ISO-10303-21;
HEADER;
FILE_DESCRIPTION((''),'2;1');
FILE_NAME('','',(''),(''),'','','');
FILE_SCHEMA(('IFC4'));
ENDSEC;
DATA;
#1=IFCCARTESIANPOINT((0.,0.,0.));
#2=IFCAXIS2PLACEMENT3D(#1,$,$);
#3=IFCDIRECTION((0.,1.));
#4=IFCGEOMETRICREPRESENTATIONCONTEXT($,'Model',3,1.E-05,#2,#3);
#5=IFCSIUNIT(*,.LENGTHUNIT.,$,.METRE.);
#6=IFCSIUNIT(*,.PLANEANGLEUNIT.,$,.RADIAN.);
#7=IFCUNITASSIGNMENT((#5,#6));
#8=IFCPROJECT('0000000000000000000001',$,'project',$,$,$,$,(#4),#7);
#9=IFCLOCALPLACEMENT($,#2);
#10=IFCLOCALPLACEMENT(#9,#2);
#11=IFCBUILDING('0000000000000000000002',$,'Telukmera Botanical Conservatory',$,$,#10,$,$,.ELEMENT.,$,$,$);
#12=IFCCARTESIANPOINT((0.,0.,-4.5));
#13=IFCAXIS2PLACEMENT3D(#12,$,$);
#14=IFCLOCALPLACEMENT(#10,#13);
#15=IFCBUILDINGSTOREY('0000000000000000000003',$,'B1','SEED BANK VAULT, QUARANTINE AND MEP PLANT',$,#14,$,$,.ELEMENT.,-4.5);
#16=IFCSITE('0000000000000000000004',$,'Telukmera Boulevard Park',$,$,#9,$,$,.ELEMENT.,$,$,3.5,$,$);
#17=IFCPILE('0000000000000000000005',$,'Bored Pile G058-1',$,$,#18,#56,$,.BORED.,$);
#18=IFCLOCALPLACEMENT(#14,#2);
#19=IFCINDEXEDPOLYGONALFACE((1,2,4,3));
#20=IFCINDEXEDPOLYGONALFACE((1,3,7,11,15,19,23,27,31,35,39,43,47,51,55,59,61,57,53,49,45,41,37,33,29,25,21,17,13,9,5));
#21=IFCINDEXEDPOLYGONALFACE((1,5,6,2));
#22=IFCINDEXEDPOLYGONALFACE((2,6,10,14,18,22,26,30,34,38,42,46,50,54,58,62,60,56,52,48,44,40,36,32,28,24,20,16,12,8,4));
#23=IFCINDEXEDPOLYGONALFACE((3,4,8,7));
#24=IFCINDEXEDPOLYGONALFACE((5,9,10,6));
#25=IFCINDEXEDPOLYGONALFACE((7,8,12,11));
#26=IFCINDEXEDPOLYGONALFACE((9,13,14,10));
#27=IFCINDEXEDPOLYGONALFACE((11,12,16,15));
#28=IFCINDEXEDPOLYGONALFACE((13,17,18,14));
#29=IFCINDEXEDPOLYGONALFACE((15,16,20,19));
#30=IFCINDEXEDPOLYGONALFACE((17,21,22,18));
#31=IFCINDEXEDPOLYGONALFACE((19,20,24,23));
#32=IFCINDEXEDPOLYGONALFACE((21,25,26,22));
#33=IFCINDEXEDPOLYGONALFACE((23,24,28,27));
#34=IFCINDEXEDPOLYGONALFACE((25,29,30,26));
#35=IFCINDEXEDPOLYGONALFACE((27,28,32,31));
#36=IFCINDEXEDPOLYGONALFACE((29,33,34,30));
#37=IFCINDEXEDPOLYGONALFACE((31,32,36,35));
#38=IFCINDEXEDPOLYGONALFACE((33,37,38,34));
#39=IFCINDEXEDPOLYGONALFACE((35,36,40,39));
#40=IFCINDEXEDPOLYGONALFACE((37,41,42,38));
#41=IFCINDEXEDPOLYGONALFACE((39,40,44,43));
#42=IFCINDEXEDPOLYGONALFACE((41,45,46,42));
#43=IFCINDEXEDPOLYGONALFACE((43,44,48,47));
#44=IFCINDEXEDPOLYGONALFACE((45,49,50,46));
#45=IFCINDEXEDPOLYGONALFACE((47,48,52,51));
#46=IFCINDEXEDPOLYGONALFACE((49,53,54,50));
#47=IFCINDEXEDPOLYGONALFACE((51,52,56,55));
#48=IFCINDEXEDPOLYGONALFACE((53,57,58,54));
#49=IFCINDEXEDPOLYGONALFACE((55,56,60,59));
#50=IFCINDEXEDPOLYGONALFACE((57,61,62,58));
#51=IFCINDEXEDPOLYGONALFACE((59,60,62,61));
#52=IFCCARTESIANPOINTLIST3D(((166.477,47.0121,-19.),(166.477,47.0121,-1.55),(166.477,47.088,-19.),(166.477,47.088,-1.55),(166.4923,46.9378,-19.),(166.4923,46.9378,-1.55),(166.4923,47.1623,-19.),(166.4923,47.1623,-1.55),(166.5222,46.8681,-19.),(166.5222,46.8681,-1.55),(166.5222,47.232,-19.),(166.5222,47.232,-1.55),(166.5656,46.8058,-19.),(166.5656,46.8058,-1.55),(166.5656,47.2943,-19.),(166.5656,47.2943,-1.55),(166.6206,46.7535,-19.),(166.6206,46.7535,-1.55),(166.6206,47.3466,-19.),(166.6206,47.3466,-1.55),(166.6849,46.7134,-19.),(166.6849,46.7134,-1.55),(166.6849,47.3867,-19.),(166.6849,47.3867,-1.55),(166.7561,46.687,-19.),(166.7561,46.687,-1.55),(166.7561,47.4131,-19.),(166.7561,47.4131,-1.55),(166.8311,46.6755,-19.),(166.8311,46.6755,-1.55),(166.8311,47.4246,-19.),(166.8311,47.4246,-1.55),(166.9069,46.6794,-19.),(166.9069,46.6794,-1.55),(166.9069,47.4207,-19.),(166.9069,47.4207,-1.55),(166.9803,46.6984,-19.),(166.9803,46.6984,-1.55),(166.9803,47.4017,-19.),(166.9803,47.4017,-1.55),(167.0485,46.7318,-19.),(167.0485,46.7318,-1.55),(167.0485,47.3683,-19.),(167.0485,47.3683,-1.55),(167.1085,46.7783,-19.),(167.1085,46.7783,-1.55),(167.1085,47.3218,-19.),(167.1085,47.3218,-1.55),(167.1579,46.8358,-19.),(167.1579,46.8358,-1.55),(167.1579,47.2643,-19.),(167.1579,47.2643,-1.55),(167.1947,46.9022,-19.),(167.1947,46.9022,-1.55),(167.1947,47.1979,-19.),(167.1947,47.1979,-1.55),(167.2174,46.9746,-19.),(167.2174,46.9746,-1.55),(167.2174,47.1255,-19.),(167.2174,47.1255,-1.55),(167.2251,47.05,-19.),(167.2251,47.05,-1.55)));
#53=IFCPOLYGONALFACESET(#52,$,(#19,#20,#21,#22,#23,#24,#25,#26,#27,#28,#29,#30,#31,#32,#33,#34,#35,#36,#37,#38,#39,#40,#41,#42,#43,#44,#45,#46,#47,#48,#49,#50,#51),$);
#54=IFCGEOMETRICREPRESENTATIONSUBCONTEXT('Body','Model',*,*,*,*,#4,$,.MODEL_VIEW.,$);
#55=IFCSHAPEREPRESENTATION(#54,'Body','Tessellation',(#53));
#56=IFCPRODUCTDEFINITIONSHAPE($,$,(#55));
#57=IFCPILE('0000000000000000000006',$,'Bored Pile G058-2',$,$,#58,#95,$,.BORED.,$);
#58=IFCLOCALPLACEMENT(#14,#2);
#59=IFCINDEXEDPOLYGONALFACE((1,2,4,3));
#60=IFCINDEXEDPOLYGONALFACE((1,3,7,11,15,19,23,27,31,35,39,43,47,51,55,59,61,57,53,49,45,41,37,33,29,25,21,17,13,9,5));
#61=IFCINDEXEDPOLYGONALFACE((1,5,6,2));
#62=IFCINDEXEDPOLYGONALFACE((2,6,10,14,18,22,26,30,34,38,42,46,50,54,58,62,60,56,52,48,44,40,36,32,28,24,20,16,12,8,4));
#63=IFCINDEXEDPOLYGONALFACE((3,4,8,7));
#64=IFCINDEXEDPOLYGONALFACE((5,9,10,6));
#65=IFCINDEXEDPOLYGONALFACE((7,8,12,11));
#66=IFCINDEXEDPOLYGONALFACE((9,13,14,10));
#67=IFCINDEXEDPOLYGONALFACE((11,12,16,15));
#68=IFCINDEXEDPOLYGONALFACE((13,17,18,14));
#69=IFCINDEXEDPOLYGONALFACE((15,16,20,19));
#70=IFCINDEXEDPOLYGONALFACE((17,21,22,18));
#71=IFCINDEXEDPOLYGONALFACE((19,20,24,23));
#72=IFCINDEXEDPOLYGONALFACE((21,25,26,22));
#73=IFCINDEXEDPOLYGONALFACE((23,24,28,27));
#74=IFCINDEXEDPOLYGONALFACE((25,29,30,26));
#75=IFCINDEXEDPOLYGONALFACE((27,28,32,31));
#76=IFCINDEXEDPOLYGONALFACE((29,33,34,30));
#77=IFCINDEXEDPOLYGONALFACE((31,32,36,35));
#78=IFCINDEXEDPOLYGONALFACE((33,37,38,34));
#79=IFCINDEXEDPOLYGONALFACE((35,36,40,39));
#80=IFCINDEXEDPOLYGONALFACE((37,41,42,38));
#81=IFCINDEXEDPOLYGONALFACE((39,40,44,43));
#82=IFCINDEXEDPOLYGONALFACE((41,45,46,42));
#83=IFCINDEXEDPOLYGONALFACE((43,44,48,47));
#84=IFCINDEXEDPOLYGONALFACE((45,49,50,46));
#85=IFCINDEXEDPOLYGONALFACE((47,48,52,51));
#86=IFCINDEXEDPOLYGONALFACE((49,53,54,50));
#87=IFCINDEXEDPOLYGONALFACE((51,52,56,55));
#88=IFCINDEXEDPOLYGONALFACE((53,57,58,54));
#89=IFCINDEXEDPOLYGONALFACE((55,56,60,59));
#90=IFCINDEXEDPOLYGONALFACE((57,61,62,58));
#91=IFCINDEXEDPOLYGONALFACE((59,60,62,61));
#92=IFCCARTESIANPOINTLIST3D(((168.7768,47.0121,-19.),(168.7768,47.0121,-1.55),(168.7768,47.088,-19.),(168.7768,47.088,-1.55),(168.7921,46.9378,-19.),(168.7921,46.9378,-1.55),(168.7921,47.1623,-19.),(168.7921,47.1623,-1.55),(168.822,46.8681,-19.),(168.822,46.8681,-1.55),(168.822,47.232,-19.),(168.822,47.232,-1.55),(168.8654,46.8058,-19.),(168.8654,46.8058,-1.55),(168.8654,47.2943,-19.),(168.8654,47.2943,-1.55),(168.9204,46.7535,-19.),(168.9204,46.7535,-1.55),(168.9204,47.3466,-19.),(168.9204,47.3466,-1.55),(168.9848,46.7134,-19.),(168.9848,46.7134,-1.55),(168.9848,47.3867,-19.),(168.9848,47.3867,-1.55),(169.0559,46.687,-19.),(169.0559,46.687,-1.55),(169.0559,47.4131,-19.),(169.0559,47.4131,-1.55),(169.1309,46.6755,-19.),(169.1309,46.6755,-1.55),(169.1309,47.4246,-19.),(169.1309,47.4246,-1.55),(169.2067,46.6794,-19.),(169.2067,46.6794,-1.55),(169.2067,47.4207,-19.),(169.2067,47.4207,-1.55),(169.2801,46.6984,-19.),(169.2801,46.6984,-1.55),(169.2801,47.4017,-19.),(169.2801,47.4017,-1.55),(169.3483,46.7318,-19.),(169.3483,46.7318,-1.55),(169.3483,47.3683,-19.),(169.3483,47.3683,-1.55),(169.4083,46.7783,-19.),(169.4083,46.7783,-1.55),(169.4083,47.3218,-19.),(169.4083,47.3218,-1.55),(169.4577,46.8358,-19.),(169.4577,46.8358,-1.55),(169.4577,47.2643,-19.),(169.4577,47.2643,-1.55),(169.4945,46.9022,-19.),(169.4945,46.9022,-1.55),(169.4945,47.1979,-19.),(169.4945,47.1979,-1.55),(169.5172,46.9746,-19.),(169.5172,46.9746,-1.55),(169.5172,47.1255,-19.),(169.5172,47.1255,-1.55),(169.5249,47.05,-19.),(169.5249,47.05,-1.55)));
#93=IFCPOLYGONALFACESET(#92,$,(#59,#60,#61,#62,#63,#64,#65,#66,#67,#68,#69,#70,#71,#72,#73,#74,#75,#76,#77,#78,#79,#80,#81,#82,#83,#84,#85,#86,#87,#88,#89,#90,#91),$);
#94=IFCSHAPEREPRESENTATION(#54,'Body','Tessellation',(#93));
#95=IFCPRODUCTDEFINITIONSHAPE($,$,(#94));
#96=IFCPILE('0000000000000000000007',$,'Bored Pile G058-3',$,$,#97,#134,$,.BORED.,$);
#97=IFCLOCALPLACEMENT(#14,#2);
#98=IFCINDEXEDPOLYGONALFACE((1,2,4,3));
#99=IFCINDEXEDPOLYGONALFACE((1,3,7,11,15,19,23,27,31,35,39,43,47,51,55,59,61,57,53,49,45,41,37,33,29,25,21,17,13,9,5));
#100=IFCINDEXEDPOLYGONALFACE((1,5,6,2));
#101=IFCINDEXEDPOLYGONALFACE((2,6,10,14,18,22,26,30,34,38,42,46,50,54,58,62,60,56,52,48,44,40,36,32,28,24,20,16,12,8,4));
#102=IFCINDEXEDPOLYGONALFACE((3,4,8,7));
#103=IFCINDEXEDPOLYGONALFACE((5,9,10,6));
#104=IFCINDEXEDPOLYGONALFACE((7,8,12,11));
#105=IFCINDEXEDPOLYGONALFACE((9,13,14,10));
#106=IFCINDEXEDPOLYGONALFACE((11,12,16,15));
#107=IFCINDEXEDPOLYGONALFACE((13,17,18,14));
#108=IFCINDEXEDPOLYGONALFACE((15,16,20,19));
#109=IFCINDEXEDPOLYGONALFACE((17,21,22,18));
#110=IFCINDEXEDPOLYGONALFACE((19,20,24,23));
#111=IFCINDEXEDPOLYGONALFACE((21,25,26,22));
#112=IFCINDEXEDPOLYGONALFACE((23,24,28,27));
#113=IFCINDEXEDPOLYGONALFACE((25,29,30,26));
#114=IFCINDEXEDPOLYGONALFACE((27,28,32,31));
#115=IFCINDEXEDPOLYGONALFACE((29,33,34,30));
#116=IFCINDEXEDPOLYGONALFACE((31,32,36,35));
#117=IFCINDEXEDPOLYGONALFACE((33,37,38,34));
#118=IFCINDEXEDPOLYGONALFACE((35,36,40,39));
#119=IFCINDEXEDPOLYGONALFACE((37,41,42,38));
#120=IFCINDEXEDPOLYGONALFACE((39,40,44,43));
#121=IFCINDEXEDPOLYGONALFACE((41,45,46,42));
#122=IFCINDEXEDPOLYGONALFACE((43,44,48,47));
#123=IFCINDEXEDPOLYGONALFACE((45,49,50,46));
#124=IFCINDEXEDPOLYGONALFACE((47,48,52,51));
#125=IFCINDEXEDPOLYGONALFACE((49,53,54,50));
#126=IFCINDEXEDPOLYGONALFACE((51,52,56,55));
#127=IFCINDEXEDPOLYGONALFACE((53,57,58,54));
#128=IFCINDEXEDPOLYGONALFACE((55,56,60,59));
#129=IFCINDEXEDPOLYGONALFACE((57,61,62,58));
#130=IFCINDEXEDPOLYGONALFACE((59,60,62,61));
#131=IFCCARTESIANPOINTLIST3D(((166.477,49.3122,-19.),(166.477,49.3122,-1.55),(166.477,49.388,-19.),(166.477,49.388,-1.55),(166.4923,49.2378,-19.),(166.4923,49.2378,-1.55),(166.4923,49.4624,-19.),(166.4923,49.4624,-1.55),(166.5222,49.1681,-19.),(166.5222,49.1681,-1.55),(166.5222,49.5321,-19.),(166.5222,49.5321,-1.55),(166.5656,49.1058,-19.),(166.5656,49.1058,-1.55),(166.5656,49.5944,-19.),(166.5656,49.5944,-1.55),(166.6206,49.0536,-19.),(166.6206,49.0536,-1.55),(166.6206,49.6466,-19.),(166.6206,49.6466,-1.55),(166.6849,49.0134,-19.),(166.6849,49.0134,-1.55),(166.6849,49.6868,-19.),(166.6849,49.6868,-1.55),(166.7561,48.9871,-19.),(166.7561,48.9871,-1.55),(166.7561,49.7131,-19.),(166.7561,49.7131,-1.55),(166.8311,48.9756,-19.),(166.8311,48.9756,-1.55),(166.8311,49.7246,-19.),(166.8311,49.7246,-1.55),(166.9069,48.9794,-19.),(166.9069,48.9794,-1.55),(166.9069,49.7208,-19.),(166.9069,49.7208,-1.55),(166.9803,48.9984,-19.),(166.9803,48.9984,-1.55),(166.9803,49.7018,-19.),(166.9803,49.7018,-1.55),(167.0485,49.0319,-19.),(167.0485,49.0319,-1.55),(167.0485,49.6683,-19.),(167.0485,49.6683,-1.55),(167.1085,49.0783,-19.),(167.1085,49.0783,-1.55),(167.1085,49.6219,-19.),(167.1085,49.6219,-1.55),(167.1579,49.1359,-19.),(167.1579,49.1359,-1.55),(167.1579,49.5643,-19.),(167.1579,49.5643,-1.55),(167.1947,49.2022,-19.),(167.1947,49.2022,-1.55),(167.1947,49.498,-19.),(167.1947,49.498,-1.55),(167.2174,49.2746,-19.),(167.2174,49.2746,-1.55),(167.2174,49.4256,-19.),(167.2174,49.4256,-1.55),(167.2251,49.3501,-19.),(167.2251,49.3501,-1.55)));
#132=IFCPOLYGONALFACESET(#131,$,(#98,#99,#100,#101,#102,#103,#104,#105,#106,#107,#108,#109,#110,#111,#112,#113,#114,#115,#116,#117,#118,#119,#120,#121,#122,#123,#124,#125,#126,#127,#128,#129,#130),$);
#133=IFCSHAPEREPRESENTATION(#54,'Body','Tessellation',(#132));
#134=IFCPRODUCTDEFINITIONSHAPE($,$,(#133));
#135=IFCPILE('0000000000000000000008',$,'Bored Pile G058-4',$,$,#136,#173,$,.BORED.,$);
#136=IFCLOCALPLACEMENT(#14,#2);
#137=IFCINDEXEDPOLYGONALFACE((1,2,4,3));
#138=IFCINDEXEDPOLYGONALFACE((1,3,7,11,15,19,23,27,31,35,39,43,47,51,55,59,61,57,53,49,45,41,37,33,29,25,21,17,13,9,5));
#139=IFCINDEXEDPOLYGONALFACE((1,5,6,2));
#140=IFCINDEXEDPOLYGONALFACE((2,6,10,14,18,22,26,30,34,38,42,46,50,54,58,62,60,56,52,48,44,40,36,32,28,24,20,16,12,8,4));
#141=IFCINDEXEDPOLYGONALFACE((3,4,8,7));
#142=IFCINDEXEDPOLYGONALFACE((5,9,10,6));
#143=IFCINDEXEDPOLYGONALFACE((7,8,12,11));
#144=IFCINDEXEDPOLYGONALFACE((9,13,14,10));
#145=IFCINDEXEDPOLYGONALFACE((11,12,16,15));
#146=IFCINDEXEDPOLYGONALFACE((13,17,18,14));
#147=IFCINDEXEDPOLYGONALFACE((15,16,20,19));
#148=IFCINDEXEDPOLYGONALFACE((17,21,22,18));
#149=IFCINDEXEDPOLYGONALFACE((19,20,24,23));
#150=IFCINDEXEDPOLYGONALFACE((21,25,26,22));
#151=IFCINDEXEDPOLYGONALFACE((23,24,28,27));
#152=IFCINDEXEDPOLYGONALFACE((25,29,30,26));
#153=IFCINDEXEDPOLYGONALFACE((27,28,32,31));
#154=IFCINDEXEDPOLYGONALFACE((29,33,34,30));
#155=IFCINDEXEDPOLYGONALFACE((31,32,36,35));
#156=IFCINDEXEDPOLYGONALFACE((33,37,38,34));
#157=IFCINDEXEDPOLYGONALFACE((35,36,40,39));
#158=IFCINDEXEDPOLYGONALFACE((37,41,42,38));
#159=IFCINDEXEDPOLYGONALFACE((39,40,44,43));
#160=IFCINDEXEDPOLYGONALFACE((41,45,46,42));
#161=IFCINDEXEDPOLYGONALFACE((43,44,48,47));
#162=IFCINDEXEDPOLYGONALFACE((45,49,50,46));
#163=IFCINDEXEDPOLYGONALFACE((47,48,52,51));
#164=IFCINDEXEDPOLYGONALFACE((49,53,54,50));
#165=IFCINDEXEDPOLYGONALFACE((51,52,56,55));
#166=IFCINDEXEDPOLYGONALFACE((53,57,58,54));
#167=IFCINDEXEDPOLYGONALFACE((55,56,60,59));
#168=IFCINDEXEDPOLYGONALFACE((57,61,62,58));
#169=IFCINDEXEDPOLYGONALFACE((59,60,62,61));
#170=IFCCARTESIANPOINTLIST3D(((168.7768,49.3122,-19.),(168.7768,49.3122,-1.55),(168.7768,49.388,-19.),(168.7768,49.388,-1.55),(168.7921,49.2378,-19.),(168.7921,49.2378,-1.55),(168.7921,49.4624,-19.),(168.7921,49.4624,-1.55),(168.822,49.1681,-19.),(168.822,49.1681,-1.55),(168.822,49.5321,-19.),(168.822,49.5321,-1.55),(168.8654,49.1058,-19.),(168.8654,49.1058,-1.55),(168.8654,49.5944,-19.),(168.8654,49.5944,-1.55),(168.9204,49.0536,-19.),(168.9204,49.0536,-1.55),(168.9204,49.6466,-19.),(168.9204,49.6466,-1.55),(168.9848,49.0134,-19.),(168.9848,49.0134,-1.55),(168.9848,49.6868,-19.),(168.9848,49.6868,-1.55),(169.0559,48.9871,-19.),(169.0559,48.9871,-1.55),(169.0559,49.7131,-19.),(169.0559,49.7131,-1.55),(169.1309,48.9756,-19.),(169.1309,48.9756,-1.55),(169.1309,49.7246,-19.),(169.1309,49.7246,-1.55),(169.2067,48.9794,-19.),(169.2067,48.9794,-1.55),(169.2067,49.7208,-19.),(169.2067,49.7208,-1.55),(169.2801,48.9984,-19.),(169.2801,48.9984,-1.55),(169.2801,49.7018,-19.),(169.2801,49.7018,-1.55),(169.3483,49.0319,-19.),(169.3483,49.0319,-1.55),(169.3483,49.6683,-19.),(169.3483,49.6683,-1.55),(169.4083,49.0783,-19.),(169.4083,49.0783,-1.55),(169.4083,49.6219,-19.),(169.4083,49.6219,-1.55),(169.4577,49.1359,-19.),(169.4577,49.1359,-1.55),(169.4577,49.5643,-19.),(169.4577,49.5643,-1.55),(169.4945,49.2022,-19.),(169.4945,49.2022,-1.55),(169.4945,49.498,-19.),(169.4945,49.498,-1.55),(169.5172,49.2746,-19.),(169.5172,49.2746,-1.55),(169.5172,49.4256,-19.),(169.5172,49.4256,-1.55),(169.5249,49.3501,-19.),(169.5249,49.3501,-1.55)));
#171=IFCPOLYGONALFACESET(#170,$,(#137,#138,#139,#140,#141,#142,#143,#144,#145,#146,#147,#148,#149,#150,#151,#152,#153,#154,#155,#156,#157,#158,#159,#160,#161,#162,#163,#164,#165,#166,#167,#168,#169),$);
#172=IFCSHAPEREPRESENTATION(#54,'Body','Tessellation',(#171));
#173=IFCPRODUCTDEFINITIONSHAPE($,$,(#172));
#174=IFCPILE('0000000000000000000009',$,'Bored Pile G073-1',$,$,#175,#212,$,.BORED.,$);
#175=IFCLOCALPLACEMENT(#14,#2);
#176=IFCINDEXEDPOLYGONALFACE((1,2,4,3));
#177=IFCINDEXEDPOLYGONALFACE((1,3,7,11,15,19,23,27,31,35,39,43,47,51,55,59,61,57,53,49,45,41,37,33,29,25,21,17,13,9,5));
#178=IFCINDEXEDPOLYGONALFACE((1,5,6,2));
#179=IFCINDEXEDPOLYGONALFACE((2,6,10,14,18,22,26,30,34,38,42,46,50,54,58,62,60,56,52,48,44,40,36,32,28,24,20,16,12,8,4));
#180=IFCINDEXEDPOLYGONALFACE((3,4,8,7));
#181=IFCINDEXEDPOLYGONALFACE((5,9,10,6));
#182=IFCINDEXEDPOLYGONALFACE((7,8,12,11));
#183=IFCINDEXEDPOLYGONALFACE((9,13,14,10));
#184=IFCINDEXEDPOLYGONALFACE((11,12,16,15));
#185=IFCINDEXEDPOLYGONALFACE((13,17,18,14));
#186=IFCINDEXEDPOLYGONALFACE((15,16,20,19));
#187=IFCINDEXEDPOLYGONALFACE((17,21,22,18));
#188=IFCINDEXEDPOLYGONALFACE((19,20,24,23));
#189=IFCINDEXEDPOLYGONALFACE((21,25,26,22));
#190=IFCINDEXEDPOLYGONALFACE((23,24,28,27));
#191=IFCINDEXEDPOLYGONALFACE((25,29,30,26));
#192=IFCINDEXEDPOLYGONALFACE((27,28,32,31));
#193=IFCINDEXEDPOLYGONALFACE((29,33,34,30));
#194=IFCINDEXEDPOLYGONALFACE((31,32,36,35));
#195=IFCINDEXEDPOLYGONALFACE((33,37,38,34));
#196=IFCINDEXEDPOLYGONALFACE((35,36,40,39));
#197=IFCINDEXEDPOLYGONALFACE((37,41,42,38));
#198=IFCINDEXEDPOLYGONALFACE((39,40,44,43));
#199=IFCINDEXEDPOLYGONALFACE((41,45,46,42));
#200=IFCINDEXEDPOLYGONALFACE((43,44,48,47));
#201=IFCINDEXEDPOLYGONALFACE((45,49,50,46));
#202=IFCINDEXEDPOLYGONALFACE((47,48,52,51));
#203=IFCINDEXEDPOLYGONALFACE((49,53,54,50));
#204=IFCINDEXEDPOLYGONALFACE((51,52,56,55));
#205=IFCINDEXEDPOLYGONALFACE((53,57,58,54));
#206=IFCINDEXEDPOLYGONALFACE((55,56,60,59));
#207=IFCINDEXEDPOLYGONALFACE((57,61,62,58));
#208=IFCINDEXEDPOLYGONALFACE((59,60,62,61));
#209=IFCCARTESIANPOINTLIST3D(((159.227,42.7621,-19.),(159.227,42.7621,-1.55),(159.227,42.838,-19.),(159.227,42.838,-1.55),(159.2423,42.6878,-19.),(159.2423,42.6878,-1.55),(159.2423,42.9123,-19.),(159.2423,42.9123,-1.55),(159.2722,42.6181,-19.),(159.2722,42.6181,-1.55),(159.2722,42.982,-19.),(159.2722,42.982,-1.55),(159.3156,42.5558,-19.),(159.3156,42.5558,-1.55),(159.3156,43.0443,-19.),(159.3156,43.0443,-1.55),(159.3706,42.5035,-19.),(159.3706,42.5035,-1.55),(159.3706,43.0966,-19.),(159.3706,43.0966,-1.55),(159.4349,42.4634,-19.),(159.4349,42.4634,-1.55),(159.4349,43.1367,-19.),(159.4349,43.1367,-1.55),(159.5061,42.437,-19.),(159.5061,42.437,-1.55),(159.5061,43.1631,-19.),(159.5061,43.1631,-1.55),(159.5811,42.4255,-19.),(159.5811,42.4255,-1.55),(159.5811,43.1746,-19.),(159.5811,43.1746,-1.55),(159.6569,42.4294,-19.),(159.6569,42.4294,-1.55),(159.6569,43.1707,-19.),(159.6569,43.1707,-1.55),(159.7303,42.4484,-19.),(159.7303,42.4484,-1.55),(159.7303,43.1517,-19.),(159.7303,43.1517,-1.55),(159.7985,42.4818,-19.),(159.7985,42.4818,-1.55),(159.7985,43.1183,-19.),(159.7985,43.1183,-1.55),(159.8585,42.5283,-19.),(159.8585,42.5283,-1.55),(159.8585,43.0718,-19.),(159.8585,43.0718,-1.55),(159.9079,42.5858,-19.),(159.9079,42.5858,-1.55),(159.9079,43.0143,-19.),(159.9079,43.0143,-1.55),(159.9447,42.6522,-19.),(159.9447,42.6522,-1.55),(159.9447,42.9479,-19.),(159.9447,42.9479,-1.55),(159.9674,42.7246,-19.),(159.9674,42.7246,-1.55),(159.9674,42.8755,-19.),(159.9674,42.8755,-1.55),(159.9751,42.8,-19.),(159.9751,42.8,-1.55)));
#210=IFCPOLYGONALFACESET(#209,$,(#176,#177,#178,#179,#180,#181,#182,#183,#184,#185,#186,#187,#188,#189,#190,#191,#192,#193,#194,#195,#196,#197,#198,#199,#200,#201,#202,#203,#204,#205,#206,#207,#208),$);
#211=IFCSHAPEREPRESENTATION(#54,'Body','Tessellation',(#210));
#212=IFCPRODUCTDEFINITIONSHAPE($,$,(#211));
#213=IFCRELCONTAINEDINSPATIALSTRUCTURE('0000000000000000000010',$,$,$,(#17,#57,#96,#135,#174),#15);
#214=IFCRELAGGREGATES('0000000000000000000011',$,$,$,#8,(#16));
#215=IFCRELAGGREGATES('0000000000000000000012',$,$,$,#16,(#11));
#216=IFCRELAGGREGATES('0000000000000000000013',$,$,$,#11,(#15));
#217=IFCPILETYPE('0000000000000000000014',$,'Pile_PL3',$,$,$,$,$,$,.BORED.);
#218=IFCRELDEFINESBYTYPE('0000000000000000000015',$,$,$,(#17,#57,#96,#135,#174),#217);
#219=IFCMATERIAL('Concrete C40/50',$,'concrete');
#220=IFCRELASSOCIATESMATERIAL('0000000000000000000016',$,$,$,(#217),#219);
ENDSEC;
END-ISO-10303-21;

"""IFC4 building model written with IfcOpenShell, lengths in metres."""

from ifc_helpers import new_model, si_unit, direction, frame, origin, origin_2d, place, context, subcontext, project, spatial, circle, extrude, material, material_profile, profile_set, type_object, element, save


model = new_model("IFC4")

# Units and contexts
model_context = context("Model", 3, precision=1e-05, world=origin(), true_north=direction((0.0, 1.0)))
body_context = subcontext(model_context, "Body", "Model", "MODEL_VIEW")
ifc_project = project(units=[si_unit("LENGTHUNIT", "METRE"), si_unit("PLANEANGLEUNIT", "RADIAN")], contexts=[model_context])

# Site, building, storey
site_placement = place(None, origin())
site = spatial("IfcSite", under=ifc_project, at=site_placement, Name="Telukmera Boulevard Park", CompositionType="ELEMENT", RefElevation=3.5)
building_placement = place(site_placement, origin())
building = spatial("IfcBuilding", under=site, at=building_placement, Name="Telukmera Botanical Conservatory", CompositionType="ELEMENT")
storey_placement = place(building_placement, frame((0.0, 0.0, -4.5)))
storey = spatial("IfcBuildingStorey", under=building, at=storey_placement, Name="B1", Description="SEED BANK VAULT, QUARANTINE AND MEP PLANT", CompositionType="ELEMENT", Elevation=-4.5)

# Shared definitions
ifc_material_1 = material(Name="Concrete C40/50", Category="concrete")

# Piles
ifc_material_profile_1 = material_profile(ifc_material_1, circle(Radius=0.375, at=origin_2d()), Name="PILE D750")
ifc_profile_set_1 = profile_set([ifc_material_profile_1], Name="Concrete C40/50")
pile_type = type_object("IfcPileType", Name="Pile_PL3", PredefinedType="BORED", material=ifc_profile_set_1)
for number, where, z_axis, x_axis, name in (
    (1, (166.8501, 47.05, -1.55), (0.0, 0.0, -1.0), (1.0, 0.0, 0.0), "Bored Pile G058-1"),
    (2, (169.1499, 47.05, -1.55), (0.0, 0.0, -1.0), (1.0, 0.0, 0.0), "Bored Pile G058-2"),
    (3, (166.8501, 49.3501, -1.55), (0.0, 0.0, -1.0), (1.0, 0.0, 0.0), "Bored Pile G058-3"),
    (4, (169.1499, 49.3501, -1.55), (0.0, 0.0, -1.0), (1.0, 0.0, 0.0), "Bored Pile G058-4"),
    (5, (159.6001, 42.8, -1.55), (0.0, 0.0, -1.0), (1.0, 0.0, 0.0), "Bored Pile G073-1"),
):
    element("IfcPile", number, at=place(storey_placement, frame(where, z_axis=z_axis, x_axis=x_axis)), inside=storey, type_object=pile_type, Name=name, PredefinedType="BORED", context=body_context, shape_type="SweptSolid", body=[
        extrude(circle(Radius=0.375, at=origin_2d()), origin(), (0.0, 0.0, 1.0), 17.45),
    ])

save(model, "model.ifc")
